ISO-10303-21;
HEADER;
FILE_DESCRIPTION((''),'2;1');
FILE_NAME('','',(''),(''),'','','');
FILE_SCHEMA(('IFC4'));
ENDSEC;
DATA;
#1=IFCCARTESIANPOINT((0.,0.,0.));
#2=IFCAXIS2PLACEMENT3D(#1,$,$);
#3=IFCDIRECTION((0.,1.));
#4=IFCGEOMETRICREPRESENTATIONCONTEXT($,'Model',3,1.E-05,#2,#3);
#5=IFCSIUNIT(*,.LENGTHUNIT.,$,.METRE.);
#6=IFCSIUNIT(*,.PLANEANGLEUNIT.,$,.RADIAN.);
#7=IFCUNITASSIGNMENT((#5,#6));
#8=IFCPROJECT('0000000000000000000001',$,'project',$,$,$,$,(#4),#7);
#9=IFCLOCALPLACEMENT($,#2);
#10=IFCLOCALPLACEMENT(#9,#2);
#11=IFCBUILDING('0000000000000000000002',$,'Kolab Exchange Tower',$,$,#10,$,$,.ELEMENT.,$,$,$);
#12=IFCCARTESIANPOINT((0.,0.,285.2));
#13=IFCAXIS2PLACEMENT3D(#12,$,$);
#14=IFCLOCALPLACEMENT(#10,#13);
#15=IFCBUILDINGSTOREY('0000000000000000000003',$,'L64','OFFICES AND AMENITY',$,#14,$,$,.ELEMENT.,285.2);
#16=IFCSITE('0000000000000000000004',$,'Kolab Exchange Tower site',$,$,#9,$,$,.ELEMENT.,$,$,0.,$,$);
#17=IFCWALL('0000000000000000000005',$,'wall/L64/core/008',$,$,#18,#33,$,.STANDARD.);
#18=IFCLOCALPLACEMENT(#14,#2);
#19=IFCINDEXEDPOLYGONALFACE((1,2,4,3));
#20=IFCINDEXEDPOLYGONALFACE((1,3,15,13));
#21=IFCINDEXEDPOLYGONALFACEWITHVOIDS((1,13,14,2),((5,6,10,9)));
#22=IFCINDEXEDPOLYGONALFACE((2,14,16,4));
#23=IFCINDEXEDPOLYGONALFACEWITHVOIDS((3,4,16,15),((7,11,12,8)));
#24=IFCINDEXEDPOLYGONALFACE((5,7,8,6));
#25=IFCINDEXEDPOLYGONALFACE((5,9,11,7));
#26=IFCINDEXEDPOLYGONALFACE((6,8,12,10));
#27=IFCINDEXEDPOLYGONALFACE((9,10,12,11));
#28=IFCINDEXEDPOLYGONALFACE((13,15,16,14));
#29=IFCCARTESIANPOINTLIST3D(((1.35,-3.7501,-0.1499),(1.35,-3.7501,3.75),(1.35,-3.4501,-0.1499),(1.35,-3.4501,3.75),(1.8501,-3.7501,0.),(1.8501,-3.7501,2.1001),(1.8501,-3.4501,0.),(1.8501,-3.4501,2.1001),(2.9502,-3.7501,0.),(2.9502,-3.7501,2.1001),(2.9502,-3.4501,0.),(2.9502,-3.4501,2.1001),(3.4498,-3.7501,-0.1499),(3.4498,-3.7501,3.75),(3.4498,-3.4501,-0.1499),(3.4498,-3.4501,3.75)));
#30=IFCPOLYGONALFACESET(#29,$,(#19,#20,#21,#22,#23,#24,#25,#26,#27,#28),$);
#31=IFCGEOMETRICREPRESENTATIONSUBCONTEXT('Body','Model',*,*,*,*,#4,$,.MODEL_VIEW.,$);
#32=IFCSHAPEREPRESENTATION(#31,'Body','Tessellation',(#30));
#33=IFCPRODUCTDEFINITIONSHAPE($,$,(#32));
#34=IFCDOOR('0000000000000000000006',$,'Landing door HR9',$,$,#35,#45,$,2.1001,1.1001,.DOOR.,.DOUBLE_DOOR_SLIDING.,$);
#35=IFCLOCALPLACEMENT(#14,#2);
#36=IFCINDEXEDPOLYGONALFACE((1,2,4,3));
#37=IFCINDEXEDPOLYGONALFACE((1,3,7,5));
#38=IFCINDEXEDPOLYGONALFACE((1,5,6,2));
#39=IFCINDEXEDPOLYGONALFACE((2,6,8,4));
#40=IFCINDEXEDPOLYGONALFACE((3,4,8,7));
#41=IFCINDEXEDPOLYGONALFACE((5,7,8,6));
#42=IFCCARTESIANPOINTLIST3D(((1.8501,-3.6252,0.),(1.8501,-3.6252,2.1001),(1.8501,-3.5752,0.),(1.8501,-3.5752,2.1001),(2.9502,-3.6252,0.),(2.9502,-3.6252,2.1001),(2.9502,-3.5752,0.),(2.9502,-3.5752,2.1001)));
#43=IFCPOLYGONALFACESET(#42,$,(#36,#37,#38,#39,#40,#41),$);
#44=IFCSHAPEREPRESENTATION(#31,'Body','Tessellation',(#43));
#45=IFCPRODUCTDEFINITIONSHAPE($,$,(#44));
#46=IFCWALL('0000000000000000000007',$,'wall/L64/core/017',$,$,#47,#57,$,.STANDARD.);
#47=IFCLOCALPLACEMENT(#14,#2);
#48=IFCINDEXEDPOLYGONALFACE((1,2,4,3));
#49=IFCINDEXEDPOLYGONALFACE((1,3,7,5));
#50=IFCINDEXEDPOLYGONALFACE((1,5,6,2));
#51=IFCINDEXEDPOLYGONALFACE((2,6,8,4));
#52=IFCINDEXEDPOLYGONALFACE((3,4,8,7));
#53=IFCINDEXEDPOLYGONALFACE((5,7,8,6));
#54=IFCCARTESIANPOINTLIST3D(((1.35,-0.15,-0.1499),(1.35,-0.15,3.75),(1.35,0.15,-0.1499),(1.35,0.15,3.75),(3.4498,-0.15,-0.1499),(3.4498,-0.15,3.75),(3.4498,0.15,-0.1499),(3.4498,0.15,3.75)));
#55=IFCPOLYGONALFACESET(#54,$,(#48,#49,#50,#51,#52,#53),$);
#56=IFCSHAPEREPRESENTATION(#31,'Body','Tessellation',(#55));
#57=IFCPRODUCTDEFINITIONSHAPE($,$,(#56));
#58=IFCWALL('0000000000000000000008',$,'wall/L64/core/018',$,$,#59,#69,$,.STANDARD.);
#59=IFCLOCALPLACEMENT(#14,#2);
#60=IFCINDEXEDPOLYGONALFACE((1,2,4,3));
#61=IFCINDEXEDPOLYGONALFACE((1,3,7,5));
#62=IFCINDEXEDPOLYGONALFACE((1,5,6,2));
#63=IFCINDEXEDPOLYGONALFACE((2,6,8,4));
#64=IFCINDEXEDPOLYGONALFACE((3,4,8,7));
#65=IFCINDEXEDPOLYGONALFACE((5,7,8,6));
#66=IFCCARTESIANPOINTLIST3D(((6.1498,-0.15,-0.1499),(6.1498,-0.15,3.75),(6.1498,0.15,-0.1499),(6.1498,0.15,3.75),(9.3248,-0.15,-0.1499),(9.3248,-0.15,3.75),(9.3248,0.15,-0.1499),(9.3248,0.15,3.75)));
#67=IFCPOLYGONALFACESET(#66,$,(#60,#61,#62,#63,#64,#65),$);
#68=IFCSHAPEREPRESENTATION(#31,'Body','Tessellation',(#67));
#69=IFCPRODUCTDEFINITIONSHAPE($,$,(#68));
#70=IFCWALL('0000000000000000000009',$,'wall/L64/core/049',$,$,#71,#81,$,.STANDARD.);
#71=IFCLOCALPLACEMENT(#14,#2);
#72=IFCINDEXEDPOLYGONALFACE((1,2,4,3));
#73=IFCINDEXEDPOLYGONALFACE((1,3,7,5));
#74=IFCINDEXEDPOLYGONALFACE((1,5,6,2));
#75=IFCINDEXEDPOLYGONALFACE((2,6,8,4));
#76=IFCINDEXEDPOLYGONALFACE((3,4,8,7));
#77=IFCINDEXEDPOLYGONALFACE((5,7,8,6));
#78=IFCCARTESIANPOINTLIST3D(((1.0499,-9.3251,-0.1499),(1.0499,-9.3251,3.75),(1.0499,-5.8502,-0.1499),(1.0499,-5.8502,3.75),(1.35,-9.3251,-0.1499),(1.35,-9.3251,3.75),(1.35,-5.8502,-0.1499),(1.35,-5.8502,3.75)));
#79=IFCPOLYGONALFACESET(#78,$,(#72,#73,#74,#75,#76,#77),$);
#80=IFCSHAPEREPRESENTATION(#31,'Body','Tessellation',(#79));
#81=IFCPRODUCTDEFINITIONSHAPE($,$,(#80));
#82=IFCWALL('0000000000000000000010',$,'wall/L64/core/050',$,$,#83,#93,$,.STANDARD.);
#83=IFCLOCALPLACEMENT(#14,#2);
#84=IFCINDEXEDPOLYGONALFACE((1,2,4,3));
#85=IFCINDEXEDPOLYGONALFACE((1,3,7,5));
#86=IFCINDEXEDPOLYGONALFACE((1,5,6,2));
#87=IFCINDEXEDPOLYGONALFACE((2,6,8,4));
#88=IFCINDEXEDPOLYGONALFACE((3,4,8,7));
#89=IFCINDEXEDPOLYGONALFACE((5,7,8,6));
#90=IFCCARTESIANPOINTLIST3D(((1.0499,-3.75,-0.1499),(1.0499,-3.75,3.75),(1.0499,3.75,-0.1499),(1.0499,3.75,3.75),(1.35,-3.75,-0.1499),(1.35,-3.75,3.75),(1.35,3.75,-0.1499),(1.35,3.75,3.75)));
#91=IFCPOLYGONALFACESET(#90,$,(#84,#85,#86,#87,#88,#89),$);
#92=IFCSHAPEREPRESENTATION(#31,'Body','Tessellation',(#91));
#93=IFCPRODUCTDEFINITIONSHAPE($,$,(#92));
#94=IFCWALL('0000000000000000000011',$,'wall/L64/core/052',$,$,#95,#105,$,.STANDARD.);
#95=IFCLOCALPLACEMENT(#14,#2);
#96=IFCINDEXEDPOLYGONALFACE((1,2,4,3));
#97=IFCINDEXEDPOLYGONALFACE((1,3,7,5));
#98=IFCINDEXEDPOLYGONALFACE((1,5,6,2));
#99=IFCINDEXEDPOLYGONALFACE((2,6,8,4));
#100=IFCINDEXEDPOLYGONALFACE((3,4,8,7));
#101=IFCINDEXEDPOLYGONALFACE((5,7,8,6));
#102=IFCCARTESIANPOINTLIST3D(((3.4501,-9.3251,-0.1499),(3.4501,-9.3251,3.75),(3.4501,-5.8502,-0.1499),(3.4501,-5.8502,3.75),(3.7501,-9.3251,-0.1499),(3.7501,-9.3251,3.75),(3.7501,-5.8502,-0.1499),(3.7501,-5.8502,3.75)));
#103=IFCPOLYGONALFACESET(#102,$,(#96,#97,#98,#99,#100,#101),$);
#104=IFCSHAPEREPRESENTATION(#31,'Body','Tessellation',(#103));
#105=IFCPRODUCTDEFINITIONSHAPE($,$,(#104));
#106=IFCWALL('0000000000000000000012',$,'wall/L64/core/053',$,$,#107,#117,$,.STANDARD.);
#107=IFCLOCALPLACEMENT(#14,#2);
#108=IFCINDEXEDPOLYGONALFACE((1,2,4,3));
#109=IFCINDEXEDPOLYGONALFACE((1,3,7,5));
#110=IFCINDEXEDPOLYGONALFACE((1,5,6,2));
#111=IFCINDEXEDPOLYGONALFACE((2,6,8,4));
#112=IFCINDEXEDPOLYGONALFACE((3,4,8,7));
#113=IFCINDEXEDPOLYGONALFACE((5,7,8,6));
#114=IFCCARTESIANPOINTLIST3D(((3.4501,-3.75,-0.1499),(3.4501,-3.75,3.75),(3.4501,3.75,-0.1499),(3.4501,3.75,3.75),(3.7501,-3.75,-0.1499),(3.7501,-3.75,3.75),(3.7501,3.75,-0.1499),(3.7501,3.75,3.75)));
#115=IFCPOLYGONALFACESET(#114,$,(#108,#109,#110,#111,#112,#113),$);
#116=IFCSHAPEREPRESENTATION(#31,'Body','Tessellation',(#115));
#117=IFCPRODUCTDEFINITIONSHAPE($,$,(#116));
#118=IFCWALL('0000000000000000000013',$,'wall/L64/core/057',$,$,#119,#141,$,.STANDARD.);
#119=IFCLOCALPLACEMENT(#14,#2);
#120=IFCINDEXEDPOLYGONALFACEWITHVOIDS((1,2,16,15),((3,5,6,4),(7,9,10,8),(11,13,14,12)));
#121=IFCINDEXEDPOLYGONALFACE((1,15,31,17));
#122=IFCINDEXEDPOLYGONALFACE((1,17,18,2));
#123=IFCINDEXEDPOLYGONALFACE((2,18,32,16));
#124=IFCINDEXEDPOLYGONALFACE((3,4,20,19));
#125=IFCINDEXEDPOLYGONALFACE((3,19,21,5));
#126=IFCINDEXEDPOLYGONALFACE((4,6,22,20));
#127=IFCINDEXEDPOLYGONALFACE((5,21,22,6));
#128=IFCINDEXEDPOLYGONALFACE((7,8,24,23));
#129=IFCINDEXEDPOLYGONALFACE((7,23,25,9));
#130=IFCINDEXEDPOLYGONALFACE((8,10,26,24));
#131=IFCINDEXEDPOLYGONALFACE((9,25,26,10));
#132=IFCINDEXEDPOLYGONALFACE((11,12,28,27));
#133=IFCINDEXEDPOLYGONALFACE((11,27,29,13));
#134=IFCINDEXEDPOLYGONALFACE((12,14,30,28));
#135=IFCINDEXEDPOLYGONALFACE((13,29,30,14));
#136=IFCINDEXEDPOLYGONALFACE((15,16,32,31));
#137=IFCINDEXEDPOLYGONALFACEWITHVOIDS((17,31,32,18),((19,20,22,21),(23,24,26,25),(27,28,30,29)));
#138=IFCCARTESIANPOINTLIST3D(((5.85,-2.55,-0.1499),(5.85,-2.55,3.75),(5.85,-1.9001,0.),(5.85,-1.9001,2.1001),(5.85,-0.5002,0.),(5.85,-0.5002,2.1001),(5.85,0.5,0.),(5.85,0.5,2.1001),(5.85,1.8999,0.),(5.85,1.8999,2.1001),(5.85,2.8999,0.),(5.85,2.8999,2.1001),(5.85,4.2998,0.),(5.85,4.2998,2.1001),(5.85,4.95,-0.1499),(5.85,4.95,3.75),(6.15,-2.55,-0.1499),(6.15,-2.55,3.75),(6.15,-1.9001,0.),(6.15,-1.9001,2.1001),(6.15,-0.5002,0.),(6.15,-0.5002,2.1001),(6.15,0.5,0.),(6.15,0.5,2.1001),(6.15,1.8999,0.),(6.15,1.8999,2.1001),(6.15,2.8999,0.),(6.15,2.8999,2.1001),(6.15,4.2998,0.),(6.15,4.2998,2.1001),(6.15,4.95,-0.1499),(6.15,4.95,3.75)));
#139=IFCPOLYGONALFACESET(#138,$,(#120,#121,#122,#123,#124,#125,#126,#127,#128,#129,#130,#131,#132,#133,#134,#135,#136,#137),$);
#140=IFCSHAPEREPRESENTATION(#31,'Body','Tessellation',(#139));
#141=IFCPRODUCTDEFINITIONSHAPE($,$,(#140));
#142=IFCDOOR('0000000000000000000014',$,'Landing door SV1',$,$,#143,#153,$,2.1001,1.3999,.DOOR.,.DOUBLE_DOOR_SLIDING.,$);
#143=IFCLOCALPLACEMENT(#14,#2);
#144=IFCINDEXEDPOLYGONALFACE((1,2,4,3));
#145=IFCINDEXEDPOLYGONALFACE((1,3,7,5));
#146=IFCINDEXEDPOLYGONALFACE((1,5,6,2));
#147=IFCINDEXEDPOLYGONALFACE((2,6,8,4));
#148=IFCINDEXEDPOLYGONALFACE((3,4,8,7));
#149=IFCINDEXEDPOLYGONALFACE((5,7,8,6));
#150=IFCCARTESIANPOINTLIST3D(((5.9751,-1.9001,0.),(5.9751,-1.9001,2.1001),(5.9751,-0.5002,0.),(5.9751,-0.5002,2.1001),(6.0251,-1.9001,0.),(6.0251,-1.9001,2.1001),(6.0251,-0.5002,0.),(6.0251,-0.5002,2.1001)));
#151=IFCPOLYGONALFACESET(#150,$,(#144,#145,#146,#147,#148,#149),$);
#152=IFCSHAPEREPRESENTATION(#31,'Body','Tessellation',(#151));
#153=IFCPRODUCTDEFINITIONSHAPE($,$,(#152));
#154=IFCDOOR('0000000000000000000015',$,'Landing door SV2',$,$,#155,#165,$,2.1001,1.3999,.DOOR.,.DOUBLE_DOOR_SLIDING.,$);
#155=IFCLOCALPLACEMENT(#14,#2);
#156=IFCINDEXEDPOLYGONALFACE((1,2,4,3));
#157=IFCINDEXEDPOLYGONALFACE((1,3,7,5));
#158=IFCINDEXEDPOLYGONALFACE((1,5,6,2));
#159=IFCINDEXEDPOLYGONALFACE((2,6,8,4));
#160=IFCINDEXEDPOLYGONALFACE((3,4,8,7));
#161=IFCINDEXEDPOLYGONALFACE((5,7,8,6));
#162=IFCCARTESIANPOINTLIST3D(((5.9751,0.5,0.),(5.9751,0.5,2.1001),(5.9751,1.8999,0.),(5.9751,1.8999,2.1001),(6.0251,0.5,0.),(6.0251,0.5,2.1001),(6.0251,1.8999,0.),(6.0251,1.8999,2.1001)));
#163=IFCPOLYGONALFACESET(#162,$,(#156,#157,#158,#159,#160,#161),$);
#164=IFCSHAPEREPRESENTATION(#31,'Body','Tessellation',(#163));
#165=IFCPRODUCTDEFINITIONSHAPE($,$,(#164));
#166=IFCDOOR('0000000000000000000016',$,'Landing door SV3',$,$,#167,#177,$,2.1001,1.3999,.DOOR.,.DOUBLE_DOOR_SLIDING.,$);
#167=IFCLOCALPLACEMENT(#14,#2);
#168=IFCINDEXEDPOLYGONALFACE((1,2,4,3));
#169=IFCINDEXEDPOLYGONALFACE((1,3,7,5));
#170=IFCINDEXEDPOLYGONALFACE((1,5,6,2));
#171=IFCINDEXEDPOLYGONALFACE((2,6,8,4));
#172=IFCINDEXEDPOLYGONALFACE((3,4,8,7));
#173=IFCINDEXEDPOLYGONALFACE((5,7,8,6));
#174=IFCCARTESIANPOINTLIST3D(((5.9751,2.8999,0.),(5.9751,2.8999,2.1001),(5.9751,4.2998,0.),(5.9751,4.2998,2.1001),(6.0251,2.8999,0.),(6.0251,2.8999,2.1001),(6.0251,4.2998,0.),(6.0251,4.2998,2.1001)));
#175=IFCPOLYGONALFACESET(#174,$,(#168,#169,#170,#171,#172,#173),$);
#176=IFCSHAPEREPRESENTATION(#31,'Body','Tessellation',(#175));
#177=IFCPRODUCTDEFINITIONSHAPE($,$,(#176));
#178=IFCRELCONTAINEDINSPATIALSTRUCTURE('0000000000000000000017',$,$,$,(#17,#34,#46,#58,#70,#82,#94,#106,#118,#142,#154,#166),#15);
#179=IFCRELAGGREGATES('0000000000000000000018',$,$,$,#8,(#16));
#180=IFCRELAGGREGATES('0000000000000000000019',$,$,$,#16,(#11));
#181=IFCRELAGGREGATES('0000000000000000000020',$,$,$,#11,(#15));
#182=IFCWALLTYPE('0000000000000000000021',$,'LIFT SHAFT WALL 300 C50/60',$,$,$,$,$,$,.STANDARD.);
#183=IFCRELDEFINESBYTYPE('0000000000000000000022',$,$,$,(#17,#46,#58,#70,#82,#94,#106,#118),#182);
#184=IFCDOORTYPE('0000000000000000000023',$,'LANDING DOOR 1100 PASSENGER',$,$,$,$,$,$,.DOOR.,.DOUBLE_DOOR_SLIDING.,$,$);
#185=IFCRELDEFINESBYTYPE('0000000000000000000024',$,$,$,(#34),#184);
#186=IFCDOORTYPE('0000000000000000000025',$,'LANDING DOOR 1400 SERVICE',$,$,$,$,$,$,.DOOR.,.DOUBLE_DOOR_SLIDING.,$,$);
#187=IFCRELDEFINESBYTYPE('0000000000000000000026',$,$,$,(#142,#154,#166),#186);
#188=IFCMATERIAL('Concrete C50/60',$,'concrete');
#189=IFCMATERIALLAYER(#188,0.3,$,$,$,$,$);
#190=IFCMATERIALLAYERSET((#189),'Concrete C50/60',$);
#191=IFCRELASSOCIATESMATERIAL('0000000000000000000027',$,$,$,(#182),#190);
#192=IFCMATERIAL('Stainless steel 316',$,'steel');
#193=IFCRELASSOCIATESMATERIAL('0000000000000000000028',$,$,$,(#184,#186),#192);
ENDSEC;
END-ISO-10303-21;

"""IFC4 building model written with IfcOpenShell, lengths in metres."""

from ifc_helpers import new_model, si_unit, direction, frame, frame_2d, origin, place, context, subcontext, project, spatial, rectangle, extrude, material, layer, layer_set, type_object, element, fill, save


model = new_model("IFC4")

# Units and contexts
model_context = context("Model", 3, precision=1e-05, world=origin(), true_north=direction((0.0, 1.0)))
body_context = subcontext(model_context, "Body", "Model", "MODEL_VIEW")
ifc_project = project(units=[si_unit("LENGTHUNIT", "METRE"), si_unit("PLANEANGLEUNIT", "RADIAN")], contexts=[model_context])

# Site, building, storey
site_placement = place(None, origin())
site = spatial("IfcSite", under=ifc_project, at=site_placement, Name="Kolab Exchange Tower site", CompositionType="ELEMENT", RefElevation=0.0)
building_placement = place(site_placement, origin())
building = spatial("IfcBuilding", under=site, at=building_placement, Name="Kolab Exchange Tower", CompositionType="ELEMENT")
storey_placement = place(building_placement, frame((0.0, 0.0, 285.2)))
storey = spatial("IfcBuildingStorey", under=building, at=storey_placement, Name="L64", Description="OFFICES AND AMENITY", CompositionType="ELEMENT", Elevation=285.2)

# Shared definitions
ifc_material_1 = material(Name="Concrete C50/60", Category="concrete")

# Wall, opening, door
ifc_layer_1 = layer(ifc_material_1, 0.3)
ifc_layer_set_1 = layer_set([ifc_layer_1], Name="Concrete C50/60")
wall_type_1 = type_object("IfcWallType", Name="LIFT SHAFT WALL 300 C50/60", PredefinedType="STANDARD", material=ifc_layer_set_1)
ifc_material_2 = material(Name="Stainless steel 316", Category="steel")
door_type_1 = type_object("IfcDoorType", Name="LANDING DOOR 1100 PASSENGER", OperationType="DOUBLE_DOOR_SLIDING", PredefinedType="DOOR", material=ifc_material_2)
wall_1_placement = place(storey_placement, frame((1.3501, -3.6001, -0.1499), z_axis=(0.0, 0.0, 1.0), x_axis=(1.0, 0.0, 0.0)))
wall_1 = element("IfcWall", 1, at=wall_1_placement, inside=storey, type_object=wall_type_1, Name="wall/L64/core/008", PredefinedType="STANDARD", context=body_context, shape_type="SweptSolid", body=[
    extrude(rectangle(XDim=2.0999, YDim=0.3, at=frame_2d((1.0498, 0.0))), origin(), (0.0, 0.0, 1.0), 3.8999),
])
opening_1_placement = place(wall_1_placement, frame((0.5, 0.0, 0.1499)))
opening_1 = element("IfcOpeningElement", 2, at=opening_1_placement, cuts=wall_1, PredefinedType="OPENING", context=body_context, shape_type="SweptSolid", body=[
    extrude(rectangle(XDim=1.1001, YDim=2.1001, at=frame_2d((0.55, 1.05))), frame((0.0, 0.1602, 0.0), z_axis=(0.0, -1.0, 0.0), x_axis=(1.0, 0.0, 0.0)), (0.0, 0.0, 1.0), 0.3201),
])
door_1_placement = place(opening_1_placement, origin())
door_1 = element("IfcDoor", 3, at=door_1_placement, inside=storey, type_object=door_type_1, Name="Landing door HR9", OperationType="DOUBLE_DOOR_SLIDING", OverallHeight=2.1001, OverallWidth=1.1001, PredefinedType="DOOR", context=body_context, shape_type="SweptSolid", body=[
    extrude(rectangle(XDim=1.1001, YDim=2.1001, at=frame_2d((0.55, 1.05))), frame((0.0, 0.0249, 0.0), z_axis=(0.0, -1.0, 0.0), x_axis=(1.0, 0.0, 0.0)), (0.0, 0.0, 1.0), 0.05),
])
fill(opening_1, door_1)

# Walls
wall_2_placement = place(storey_placement, frame((1.3501, 0.0, -0.1499), z_axis=(0.0, 0.0, 1.0), x_axis=(1.0, 0.0, 0.0)))
element("IfcWall", 4, at=wall_2_placement, inside=storey, type_object=wall_type_1, Name="wall/L64/core/017", PredefinedType="STANDARD", context=body_context, shape_type="SweptSolid", body=[
    extrude(rectangle(XDim=2.0999, YDim=0.3, at=frame_2d((1.0498, 0.0))), origin(), (0.0, 0.0, 1.0), 3.8999),
])
wall_3_placement = place(storey_placement, frame((6.1499, 0.0, -0.1499), z_axis=(0.0, 0.0, 1.0), x_axis=(1.0, 0.0, 0.0)))
element("IfcWall", 5, at=wall_3_placement, inside=storey, type_object=wall_type_1, Name="wall/L64/core/018", PredefinedType="STANDARD", context=body_context, shape_type="SweptSolid", body=[
    extrude(rectangle(XDim=3.175, YDim=0.3, at=frame_2d((1.5874, 0.0))), origin(), (0.0, 0.0, 1.0), 3.8999),
])
wall_4_placement = place(storey_placement, frame((1.2, -9.325, -0.1499), z_axis=(0.0, 0.0, 1.0), x_axis=(0.0, 1.0, 0.0)))
element("IfcWall", 6, at=wall_4_placement, inside=storey, type_object=wall_type_1, Name="wall/L64/core/049", PredefinedType="STANDARD", context=body_context, shape_type="SweptSolid", body=[
    extrude(rectangle(XDim=3.4749, YDim=0.3, at=frame_2d((1.7373, 0.0))), origin(), (0.0, 0.0, 1.0), 3.8999),
])
wall_5_placement = place(storey_placement, frame((1.2, -3.75, -0.1499), z_axis=(0.0, 0.0, 1.0), x_axis=(0.0, 1.0, 0.0)))
element("IfcWall", 7, at=wall_5_placement, inside=storey, type_object=wall_type_1, Name="wall/L64/core/050", PredefinedType="STANDARD", context=body_context, shape_type="SweptSolid", body=[
    extrude(rectangle(XDim=7.5, YDim=0.3, at=frame_2d((3.75, 0.0))), origin(), (0.0, 0.0, 1.0), 3.8999),
])
wall_6_placement = place(storey_placement, frame((3.6001, -9.325, -0.1499), z_axis=(0.0, 0.0, 1.0), x_axis=(0.0, 1.0, 0.0)))
element("IfcWall", 8, at=wall_6_placement, inside=storey, type_object=wall_type_1, Name="wall/L64/core/052", PredefinedType="STANDARD", context=body_context, shape_type="SweptSolid", body=[
    extrude(rectangle(XDim=3.4749, YDim=0.3, at=frame_2d((1.7373, 0.0))), origin(), (0.0, 0.0, 1.0), 3.8999),
])
wall_7_placement = place(storey_placement, frame((3.6001, -3.75, -0.1499), z_axis=(0.0, 0.0, 1.0), x_axis=(0.0, 1.0, 0.0)))
element("IfcWall", 9, at=wall_7_placement, inside=storey, type_object=wall_type_1, Name="wall/L64/core/053", PredefinedType="STANDARD", context=body_context, shape_type="SweptSolid", body=[
    extrude(rectangle(XDim=7.5, YDim=0.3, at=frame_2d((3.75, 0.0))), origin(), (0.0, 0.0, 1.0), 3.8999),
])

# Wall, openings, doors
wall_8_placement = place(storey_placement, frame((6.0, -2.55, -0.1499), z_axis=(0.0, 0.0, 1.0), x_axis=(0.0, 1.0, 0.0)))
wall_8 = element("IfcWall", 10, at=wall_8_placement, inside=storey, type_object=wall_type_1, Name="wall/L64/core/057", PredefinedType="STANDARD", context=body_context, shape_type="SweptSolid", body=[
    extrude(rectangle(XDim=7.5, YDim=0.3, at=frame_2d((3.75, 0.0))), origin(), (0.0, 0.0, 1.0), 3.8999),
])
opening_2_placement = place(wall_8_placement, frame((0.6499, 0.0, 0.1499)))
opening_2 = element("IfcOpeningElement", 11, at=opening_2_placement, cuts=wall_8, PredefinedType="OPENING", context=body_context, shape_type="SweptSolid", body=[
    extrude(rectangle(XDim=1.3999, YDim=2.1001, at=frame_2d((0.7, 1.05))), frame((0.0, 0.1602, 0.0), z_axis=(0.0, -1.0, 0.0), x_axis=(1.0, 0.0, 0.0)), (0.0, 0.0, 1.0), 0.3201),
])
opening_3_placement = place(wall_8_placement, frame((3.05, 0.0, 0.1499)))
opening_3 = element("IfcOpeningElement", 12, at=opening_3_placement, cuts=wall_8, PredefinedType="OPENING", context=body_context, shape_type="SweptSolid", body=[
    extrude(rectangle(XDim=1.3999, YDim=2.1001, at=frame_2d((0.7, 1.05))), frame((0.0, 0.1602, 0.0), z_axis=(0.0, -1.0, 0.0), x_axis=(1.0, 0.0, 0.0)), (0.0, 0.0, 1.0), 0.3201),
])
opening_4_placement = place(wall_8_placement, frame((5.45, 0.0, 0.1499)))
opening_4 = element("IfcOpeningElement", 13, at=opening_4_placement, cuts=wall_8, PredefinedType="OPENING", context=body_context, shape_type="SweptSolid", body=[
    extrude(rectangle(XDim=1.3999, YDim=2.1001, at=frame_2d((0.7, 1.05))), frame((0.0, 0.1602, 0.0), z_axis=(0.0, -1.0, 0.0), x_axis=(1.0, 0.0, 0.0)), (0.0, 0.0, 1.0), 0.3201),
])
door_type_2 = type_object("IfcDoorType", Name="LANDING DOOR 1400 SERVICE", OperationType="DOUBLE_DOOR_SLIDING", PredefinedType="DOOR", material=ifc_material_2)
door_2_placement = place(opening_2_placement, origin())
door_2 = element("IfcDoor", 14, at=door_2_placement, inside=storey, type_object=door_type_2, Name="Landing door SV1", OperationType="DOUBLE_DOOR_SLIDING", OverallHeight=2.1001, OverallWidth=1.3999, PredefinedType="DOOR", context=body_context, shape_type="SweptSolid", body=[
    extrude(rectangle(XDim=1.3999, YDim=2.1001, at=frame_2d((0.7, 1.05))), frame((0.0, 0.0249, 0.0), z_axis=(0.0, -1.0, 0.0), x_axis=(1.0, 0.0, 0.0)), (0.0, 0.0, 1.0), 0.05),
])
fill(opening_2, door_2)
door_3_placement = place(opening_3_placement, origin())
door_3 = element("IfcDoor", 15, at=door_3_placement, inside=storey, type_object=door_type_2, Name="Landing door SV2", OperationType="DOUBLE_DOOR_SLIDING", OverallHeight=2.1001, OverallWidth=1.3999, PredefinedType="DOOR", context=body_context, shape_type="SweptSolid", body=[
    extrude(rectangle(XDim=1.3999, YDim=2.1001, at=frame_2d((0.7, 1.05))), frame((0.0, 0.0249, 0.0), z_axis=(0.0, -1.0, 0.0), x_axis=(1.0, 0.0, 0.0)), (0.0, 0.0, 1.0), 0.05),
])
fill(opening_3, door_3)
door_4_placement = place(opening_4_placement, origin())
door_4 = element("IfcDoor", 16, at=door_4_placement, inside=storey, type_object=door_type_2, Name="Landing door SV3", OperationType="DOUBLE_DOOR_SLIDING", OverallHeight=2.1001, OverallWidth=1.3999, PredefinedType="DOOR", context=body_context, shape_type="SweptSolid", body=[
    extrude(rectangle(XDim=1.3999, YDim=2.1001, at=frame_2d((0.7, 1.05))), frame((0.0, 0.0249, 0.0), z_axis=(0.0, -1.0, 0.0), x_axis=(1.0, 0.0, 0.0)), (0.0, 0.0, 1.0), 0.05),
])
fill(opening_4, door_4)

save(model, "model.ifc")
